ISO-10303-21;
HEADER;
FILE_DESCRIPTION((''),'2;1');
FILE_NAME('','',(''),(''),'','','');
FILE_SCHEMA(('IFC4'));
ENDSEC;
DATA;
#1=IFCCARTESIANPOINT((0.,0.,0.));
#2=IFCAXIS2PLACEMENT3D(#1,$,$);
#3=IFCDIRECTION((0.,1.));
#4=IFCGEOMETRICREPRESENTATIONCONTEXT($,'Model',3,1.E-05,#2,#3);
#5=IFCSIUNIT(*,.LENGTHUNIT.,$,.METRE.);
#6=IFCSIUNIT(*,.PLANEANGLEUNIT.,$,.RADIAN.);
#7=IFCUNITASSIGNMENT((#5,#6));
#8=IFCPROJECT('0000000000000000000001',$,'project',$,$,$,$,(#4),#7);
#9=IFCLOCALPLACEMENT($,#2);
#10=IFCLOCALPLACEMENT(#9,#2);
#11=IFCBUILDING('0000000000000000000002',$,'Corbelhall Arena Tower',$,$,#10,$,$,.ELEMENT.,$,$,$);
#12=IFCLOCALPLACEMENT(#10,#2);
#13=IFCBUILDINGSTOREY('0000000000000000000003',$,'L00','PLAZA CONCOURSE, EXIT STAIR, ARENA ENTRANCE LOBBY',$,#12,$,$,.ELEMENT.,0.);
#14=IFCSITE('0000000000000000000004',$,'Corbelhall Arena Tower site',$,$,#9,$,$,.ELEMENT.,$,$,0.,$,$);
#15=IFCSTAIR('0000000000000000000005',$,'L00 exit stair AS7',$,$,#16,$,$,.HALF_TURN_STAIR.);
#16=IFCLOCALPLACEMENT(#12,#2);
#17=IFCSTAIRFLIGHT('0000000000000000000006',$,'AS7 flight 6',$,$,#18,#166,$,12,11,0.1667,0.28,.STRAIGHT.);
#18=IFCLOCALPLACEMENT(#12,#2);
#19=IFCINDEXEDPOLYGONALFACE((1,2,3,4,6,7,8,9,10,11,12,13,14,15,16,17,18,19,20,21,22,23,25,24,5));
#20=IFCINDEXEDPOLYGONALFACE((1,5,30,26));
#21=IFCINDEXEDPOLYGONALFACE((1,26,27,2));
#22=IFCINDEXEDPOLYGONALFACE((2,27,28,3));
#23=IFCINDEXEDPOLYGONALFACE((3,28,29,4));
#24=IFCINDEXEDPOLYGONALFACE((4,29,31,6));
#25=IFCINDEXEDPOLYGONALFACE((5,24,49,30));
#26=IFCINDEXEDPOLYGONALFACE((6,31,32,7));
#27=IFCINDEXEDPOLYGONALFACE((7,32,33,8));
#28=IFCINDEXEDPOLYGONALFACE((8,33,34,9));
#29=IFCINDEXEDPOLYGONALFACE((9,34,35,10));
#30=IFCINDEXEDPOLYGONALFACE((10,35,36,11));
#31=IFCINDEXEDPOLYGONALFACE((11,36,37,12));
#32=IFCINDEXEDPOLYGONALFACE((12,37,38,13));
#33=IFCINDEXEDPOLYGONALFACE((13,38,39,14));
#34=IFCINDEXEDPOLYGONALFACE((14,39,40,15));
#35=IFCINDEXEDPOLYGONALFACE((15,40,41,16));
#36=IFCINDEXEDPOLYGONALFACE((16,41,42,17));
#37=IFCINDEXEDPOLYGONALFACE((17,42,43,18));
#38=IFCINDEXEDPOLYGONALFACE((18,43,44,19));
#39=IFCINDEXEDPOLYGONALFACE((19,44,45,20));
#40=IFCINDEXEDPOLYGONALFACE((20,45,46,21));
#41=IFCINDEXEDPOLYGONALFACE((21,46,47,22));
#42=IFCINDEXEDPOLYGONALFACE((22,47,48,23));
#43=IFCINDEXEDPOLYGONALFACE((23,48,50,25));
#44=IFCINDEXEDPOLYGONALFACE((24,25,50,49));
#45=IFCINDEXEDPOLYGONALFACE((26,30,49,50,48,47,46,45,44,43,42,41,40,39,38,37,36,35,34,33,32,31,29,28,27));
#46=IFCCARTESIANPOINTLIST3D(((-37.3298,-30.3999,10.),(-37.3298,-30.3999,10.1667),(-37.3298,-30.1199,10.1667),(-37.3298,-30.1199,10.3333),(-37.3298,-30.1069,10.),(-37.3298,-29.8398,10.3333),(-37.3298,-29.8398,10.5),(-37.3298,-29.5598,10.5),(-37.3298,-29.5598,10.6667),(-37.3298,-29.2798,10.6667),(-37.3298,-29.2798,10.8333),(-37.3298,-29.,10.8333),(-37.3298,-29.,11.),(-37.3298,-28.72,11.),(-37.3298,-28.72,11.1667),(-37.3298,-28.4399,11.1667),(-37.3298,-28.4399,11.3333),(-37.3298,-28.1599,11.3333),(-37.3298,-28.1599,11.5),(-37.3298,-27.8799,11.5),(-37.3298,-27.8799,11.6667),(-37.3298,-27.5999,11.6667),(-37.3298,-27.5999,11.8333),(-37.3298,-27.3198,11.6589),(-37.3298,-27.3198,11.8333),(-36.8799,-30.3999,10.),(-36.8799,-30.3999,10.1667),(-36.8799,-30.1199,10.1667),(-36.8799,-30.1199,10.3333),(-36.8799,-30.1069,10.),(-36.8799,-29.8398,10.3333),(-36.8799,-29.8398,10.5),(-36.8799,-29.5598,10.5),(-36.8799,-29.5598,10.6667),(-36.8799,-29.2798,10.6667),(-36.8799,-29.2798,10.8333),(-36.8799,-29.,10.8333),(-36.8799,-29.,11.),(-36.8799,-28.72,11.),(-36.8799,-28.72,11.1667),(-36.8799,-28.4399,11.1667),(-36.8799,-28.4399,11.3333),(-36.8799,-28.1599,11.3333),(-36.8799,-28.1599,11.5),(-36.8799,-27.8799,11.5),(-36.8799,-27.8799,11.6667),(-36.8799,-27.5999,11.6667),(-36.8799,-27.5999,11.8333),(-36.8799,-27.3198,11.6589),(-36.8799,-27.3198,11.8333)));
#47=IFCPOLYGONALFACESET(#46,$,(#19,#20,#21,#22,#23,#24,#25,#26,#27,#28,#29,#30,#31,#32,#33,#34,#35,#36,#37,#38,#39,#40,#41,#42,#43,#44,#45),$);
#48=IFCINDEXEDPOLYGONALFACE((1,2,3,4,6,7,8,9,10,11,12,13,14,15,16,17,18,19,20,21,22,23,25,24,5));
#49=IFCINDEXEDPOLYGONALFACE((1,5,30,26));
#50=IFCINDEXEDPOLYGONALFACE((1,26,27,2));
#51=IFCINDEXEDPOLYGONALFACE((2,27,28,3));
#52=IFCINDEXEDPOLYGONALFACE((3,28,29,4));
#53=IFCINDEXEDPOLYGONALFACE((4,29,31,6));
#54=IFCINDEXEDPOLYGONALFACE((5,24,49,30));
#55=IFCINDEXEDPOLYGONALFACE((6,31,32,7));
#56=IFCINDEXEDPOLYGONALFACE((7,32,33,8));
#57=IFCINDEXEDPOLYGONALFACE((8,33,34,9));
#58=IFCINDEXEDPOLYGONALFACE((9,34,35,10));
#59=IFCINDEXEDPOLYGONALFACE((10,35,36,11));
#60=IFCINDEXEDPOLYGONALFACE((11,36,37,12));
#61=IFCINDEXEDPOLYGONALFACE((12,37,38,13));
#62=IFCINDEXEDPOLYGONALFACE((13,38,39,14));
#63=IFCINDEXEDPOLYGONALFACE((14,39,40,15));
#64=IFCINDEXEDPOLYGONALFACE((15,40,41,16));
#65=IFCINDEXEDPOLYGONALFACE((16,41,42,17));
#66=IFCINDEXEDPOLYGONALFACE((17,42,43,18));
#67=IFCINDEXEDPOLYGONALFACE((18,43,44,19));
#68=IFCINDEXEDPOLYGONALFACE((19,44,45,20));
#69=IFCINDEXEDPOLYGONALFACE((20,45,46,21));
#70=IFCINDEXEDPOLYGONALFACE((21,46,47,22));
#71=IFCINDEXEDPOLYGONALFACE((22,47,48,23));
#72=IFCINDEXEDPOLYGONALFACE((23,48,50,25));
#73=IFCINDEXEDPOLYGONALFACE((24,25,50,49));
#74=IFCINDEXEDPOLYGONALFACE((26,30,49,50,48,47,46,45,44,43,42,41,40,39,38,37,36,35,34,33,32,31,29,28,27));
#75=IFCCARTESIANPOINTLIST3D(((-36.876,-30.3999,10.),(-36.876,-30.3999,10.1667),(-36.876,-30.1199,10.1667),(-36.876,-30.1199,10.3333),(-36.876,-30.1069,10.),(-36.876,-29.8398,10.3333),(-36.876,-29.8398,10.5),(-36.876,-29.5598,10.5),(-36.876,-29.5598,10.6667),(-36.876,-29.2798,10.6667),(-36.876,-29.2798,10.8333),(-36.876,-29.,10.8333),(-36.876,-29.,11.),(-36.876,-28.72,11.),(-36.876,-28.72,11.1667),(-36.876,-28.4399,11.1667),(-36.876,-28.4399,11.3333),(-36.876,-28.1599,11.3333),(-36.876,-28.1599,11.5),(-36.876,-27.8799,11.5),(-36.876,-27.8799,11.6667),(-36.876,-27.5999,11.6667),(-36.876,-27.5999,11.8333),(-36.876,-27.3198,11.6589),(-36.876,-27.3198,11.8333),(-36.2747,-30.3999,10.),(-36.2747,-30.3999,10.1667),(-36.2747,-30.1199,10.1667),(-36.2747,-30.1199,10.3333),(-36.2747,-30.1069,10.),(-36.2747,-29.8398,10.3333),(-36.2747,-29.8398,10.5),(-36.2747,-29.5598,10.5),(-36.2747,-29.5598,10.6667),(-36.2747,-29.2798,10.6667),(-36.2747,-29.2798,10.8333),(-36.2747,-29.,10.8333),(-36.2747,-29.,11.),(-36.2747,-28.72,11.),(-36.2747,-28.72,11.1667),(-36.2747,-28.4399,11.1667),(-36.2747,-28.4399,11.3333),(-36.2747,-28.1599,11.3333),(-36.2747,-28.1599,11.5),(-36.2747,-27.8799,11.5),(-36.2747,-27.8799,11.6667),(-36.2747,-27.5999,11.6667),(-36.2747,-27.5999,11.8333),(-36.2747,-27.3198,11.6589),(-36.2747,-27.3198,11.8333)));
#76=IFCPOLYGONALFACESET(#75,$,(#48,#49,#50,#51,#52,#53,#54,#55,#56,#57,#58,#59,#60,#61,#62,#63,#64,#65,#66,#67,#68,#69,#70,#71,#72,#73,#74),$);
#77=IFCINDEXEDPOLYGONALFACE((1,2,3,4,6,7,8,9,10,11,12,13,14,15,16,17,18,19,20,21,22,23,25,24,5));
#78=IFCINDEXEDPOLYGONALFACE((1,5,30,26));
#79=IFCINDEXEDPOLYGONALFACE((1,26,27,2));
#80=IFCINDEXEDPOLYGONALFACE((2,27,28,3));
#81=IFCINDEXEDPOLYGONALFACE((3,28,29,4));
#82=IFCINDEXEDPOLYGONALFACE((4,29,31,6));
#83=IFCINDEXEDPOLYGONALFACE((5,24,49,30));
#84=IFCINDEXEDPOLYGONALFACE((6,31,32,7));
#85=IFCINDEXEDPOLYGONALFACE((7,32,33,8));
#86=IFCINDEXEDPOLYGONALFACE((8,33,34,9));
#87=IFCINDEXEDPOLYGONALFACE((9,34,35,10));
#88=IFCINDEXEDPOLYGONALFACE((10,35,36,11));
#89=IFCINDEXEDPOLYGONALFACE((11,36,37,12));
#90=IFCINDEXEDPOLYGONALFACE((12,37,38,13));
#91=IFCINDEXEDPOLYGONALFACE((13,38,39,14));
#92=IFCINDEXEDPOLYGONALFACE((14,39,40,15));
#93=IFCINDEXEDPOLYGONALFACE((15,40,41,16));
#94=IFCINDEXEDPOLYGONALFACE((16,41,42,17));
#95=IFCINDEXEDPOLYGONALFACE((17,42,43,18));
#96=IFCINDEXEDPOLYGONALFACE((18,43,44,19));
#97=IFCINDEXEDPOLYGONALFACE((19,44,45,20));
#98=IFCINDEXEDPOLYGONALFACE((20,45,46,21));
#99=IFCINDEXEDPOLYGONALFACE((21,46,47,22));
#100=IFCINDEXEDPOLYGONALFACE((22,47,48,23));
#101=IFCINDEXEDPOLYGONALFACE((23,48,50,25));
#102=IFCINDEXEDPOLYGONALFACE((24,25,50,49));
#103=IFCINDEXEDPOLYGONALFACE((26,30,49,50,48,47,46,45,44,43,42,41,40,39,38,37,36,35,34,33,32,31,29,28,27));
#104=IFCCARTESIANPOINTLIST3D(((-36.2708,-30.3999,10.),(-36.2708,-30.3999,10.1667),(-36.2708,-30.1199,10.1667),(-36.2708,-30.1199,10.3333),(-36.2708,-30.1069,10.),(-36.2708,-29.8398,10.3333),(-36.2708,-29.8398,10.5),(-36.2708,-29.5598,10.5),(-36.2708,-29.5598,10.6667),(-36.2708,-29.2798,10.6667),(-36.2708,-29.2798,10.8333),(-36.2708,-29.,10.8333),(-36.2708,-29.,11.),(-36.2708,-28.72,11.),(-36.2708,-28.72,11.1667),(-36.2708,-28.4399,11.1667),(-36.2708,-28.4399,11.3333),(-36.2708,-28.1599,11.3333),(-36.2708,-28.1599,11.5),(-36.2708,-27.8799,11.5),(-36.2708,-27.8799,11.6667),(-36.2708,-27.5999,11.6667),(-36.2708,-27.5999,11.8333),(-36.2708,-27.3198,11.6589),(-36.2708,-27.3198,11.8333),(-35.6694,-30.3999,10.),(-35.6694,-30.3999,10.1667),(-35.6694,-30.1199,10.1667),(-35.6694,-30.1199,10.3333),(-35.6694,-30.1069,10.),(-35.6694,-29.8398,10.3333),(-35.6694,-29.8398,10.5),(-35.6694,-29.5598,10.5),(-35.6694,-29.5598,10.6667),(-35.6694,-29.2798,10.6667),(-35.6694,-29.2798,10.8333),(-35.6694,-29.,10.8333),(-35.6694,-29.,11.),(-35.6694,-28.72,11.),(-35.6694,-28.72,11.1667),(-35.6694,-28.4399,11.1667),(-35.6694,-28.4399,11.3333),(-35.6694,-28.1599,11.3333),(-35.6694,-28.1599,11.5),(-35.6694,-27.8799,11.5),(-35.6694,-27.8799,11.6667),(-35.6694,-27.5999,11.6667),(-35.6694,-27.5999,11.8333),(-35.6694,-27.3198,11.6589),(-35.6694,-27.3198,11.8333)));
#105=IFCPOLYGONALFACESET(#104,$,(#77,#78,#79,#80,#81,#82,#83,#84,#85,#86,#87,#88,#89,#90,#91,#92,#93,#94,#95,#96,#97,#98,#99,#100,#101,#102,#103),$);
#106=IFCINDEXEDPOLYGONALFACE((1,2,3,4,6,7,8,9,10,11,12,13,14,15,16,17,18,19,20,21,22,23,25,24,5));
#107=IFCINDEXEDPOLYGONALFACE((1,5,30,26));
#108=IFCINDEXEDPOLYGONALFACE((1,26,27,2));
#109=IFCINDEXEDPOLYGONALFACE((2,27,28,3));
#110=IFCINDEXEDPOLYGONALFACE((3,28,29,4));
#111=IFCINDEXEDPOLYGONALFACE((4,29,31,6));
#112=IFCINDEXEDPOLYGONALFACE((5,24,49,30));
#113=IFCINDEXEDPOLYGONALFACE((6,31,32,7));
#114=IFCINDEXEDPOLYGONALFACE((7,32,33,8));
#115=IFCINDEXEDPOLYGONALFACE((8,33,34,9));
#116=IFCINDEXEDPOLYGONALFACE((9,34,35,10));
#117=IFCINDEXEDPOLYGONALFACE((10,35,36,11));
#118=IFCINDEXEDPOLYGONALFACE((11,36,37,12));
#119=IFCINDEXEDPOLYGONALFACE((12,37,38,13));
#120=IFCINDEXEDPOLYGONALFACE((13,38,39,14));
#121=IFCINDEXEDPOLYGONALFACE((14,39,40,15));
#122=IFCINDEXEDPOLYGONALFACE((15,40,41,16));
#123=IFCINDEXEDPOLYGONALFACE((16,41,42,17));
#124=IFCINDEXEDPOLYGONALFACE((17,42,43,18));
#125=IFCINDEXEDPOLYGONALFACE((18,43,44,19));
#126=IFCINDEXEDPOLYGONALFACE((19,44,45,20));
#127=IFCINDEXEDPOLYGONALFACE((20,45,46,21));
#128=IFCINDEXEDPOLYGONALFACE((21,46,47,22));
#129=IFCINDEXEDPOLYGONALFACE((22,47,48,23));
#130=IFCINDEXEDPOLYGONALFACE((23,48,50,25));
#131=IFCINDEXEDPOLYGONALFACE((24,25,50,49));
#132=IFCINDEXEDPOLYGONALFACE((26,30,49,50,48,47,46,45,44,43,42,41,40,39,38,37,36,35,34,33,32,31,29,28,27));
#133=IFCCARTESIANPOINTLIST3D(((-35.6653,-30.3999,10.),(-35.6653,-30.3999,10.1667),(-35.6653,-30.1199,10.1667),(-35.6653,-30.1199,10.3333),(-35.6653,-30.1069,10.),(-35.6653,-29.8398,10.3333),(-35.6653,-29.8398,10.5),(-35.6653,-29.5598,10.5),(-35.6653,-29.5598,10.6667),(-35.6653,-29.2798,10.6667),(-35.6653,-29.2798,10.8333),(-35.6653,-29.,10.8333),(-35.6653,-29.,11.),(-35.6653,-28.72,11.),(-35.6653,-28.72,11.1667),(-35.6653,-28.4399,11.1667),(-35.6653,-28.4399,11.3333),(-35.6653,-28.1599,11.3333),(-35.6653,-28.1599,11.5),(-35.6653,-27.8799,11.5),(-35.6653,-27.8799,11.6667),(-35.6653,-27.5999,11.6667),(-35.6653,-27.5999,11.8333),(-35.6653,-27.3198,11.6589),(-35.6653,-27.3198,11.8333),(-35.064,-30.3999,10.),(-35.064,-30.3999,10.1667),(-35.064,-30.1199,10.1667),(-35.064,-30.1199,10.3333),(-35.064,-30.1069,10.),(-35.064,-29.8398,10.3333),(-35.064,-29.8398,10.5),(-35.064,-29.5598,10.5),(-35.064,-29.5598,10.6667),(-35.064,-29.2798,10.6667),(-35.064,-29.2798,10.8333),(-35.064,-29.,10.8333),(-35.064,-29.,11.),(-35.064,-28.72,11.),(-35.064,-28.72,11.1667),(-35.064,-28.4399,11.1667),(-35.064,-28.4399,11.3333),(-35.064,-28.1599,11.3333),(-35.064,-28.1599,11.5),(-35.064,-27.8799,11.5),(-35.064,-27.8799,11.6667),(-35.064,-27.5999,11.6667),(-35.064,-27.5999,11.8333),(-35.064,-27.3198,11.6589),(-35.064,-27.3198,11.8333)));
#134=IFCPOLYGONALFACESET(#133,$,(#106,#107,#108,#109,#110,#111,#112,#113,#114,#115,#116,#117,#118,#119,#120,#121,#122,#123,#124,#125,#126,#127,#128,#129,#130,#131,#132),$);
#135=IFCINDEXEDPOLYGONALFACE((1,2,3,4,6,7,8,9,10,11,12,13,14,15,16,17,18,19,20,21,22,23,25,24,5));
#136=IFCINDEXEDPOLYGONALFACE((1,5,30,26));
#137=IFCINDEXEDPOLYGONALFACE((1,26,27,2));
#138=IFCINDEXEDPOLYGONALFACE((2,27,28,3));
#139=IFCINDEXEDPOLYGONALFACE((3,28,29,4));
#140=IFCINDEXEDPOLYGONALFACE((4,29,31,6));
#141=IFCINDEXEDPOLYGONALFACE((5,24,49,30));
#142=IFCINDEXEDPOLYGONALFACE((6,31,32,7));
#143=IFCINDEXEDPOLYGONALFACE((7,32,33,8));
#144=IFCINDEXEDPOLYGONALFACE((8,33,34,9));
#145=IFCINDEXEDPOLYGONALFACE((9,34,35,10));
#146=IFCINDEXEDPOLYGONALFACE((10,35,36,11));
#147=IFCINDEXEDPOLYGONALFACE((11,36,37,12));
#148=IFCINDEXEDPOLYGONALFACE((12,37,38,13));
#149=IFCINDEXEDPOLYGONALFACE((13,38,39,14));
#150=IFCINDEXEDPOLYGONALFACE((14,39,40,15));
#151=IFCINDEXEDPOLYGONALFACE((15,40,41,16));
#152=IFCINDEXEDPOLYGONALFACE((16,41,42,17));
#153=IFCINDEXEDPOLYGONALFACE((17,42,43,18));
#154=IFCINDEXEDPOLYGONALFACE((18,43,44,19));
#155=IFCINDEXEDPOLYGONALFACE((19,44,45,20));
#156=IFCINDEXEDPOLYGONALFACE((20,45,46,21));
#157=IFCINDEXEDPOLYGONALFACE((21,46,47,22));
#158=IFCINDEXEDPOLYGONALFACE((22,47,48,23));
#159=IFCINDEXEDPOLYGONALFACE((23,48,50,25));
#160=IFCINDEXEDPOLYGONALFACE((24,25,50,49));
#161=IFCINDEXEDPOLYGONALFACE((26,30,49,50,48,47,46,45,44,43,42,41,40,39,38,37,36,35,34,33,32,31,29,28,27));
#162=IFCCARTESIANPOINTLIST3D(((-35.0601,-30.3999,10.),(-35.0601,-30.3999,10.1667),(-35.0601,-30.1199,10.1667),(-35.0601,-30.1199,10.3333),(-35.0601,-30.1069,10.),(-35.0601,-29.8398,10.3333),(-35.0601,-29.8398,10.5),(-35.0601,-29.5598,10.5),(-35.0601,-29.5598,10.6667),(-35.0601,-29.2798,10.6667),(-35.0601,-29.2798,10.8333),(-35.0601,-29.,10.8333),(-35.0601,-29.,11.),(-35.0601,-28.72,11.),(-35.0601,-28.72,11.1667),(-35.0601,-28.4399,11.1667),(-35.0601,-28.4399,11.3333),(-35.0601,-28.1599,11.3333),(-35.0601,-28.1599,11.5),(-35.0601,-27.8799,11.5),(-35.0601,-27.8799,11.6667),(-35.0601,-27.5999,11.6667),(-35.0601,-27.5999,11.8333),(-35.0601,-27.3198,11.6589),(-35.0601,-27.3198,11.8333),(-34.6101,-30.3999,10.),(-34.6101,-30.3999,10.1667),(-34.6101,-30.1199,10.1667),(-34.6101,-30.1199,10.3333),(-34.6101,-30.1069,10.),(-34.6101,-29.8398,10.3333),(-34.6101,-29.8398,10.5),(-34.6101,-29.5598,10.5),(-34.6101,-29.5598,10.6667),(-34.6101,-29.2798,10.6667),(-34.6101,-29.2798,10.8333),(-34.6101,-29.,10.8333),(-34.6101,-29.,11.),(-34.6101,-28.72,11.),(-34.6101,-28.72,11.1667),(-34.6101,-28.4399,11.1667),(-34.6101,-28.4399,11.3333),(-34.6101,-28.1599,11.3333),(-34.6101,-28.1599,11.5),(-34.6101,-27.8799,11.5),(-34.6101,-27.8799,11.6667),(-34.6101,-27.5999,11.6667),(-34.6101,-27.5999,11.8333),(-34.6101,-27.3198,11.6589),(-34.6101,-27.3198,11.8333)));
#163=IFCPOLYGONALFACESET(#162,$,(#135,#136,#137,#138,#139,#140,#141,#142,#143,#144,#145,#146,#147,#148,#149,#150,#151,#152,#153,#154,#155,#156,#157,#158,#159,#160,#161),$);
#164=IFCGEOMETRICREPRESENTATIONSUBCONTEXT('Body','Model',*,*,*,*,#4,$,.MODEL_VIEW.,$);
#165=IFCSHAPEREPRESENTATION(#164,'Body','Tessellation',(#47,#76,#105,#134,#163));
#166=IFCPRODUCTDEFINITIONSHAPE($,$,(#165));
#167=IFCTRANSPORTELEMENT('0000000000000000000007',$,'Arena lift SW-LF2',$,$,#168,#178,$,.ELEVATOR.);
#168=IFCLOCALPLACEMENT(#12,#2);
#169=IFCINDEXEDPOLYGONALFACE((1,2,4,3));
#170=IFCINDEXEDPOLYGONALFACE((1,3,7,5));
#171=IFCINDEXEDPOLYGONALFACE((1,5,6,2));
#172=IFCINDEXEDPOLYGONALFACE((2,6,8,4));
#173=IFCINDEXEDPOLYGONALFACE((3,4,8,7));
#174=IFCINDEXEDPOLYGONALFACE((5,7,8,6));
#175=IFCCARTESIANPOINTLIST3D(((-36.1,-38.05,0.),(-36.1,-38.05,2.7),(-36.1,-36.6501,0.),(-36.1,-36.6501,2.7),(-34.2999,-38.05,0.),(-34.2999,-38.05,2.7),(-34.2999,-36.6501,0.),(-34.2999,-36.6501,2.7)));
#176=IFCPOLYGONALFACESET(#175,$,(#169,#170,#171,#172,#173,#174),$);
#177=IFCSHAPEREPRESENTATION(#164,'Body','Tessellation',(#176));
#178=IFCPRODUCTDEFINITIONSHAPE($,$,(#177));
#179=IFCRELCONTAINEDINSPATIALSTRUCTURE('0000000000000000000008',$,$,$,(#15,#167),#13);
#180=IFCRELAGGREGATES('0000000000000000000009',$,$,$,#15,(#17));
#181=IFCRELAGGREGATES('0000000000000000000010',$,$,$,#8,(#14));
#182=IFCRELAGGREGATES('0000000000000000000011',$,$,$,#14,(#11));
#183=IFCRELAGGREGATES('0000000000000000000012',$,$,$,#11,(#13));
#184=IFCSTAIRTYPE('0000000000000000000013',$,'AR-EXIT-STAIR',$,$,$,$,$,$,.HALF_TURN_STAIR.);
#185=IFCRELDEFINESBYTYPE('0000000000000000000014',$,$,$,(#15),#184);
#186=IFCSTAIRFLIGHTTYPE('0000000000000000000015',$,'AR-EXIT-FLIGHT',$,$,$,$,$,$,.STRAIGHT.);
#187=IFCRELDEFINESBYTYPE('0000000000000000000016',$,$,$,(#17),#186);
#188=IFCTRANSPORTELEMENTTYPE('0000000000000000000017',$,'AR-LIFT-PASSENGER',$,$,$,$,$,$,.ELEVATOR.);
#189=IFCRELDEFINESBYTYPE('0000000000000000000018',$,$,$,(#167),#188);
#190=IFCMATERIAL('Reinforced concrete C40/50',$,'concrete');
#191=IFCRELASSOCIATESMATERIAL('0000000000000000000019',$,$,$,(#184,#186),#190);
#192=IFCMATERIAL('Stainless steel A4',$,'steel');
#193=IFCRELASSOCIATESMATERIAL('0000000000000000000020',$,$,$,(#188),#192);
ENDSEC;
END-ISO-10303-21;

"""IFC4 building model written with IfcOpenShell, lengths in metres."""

from ifc_helpers import new_model, si_unit, direction, frame, origin, origin_2d, place, context, subcontext, project, spatial, polyline, rectangle, outline, extrude, material, type_object, element, aggregate, save


model = new_model("IFC4")

# Units and contexts
model_context = context("Model", 3, precision=1e-05, world=origin(), true_north=direction((0.0, 1.0)))
body_context = subcontext(model_context, "Body", "Model", "MODEL_VIEW")
ifc_project = project(units=[si_unit("LENGTHUNIT", "METRE"), si_unit("PLANEANGLEUNIT", "RADIAN")], contexts=[model_context])

# Site, building, storey
site_placement = place(None, origin())
site = spatial("IfcSite", under=ifc_project, at=site_placement, Name="Corbelhall Arena Tower site", CompositionType="ELEMENT", RefElevation=0.0)
building_placement = place(site_placement, origin())
building = spatial("IfcBuilding", under=site, at=building_placement, Name="Corbelhall Arena Tower", CompositionType="ELEMENT")
storey_placement = place(building_placement, origin())
storey = spatial("IfcBuildingStorey", under=building, at=storey_placement, Name="L00", Description="PLAZA CONCOURSE, EXIT STAIR, ARENA ENTRANCE LOBBY", CompositionType="ELEMENT", Elevation=0.0)

# Shared definitions
ifc_material_1 = material(Name="Reinforced concrete C40/50", Category="concrete")

# Stair, stair flight
stair_type = type_object("IfcStairType", Name="AR-EXIT-STAIR", PredefinedType="HALF_TURN_STAIR", material=ifc_material_1)
stair_placement = place(storey_placement, origin())
stair = element("IfcStair", 1, at=stair_placement, inside=storey, type_object=stair_type, Name="L00 exit stair AS7", PredefinedType="HALF_TURN_STAIR")
stair_flight_type = type_object("IfcStairFlightType", Name="AR-EXIT-FLIGHT", PredefinedType="STRAIGHT", material=ifc_material_1)
stair_flight_1_placement = place(storey_placement, frame((-35.97, -30.3999, 10.0), z_axis=(0.0, 0.0, 1.0), x_axis=(0.0, 1.0, 0.0)))
stair_flight_1 = element("IfcStairFlight", 2, at=stair_flight_1_placement, type_object=stair_flight_type, Name="AS7 flight 6", NumberOfRisers=12, NumberOfTreads=11, PredefinedType="STRAIGHT", RiserHeight=0.1667, TreadLength=0.28, context=body_context, shape_type="SweptSolid", body=[
    extrude(outline(polyline([(0.0, 0.0), (0.0, 0.1667), (0.28, 0.1667), (0.28, 0.3333), (0.5601, 0.3333), (0.5601, 0.5), (0.8401, 0.5), (0.8401, 0.6667), (1.1201, 0.6667), (1.1201, 0.8333), (1.3999, 0.8333), (1.3999, 1.0), (1.6799, 1.0), (1.6799, 1.1667), (1.96, 1.1667), (1.96, 1.3333), (2.24, 1.3333), (2.24, 1.5), (2.52, 1.5), (2.52, 1.6667), (2.8, 1.6667), (2.8, 1.8333), (3.0801, 1.8333), (3.0801, 2.0), (3.0801, 1.6589), (0.293, 0.0), (0.0, 0.0)])), frame((0.0, 1.3599, 0.0), z_axis=(0.0, -1.0, 0.0), x_axis=(1.0, 0.0, 0.0)), (0.0, 0.0, 1.0), 0.45),
    extrude(outline(polyline([(0.0, 0.0), (0.0, 0.1667), (0.28, 0.1667), (0.28, 0.3333), (0.5601, 0.3333), (0.5601, 0.5), (0.8401, 0.5), (0.8401, 0.6667), (1.1201, 0.6667), (1.1201, 0.8333), (1.3999, 0.8333), (1.3999, 1.0), (1.6799, 1.0), (1.6799, 1.1667), (1.96, 1.1667), (1.96, 1.3333), (2.24, 1.3333), (2.24, 1.5), (2.52, 1.5), (2.52, 1.6667), (2.8, 1.6667), (2.8, 1.8333), (3.0801, 1.8333), (3.0801, 2.0), (3.0801, 1.6589), (0.293, 0.0), (0.0, 0.0)])), frame((0.0, 0.906, 0.0), z_axis=(0.0, -1.0, 0.0), x_axis=(1.0, 0.0, 0.0)), (0.0, 0.0, 1.0), 0.6013),
    extrude(outline(polyline([(0.0, 0.0), (0.0, 0.1667), (0.28, 0.1667), (0.28, 0.3333), (0.5601, 0.3333), (0.5601, 0.5), (0.8401, 0.5), (0.8401, 0.6667), (1.1201, 0.6667), (1.1201, 0.8333), (1.3999, 0.8333), (1.3999, 1.0), (1.6799, 1.0), (1.6799, 1.1667), (1.96, 1.1667), (1.96, 1.3333), (2.24, 1.3333), (2.24, 1.5), (2.52, 1.5), (2.52, 1.6667), (2.8, 1.6667), (2.8, 1.8333), (3.0801, 1.8333), (3.0801, 2.0), (3.0801, 1.6589), (0.293, 0.0), (0.0, 0.0)])), frame((0.0, 0.3008, 0.0), z_axis=(0.0, -1.0, 0.0), x_axis=(1.0, 0.0, 0.0)), (0.0, 0.0, 1.0), 0.6013),
    extrude(outline(polyline([(0.0, 0.0), (0.0, 0.1667), (0.28, 0.1667), (0.28, 0.3333), (0.5601, 0.3333), (0.5601, 0.5), (0.8401, 0.5), (0.8401, 0.6667), (1.1201, 0.6667), (1.1201, 0.8333), (1.3999, 0.8333), (1.3999, 1.0), (1.6799, 1.0), (1.6799, 1.1667), (1.96, 1.1667), (1.96, 1.3333), (2.24, 1.3333), (2.24, 1.5), (2.52, 1.5), (2.52, 1.6667), (2.8, 1.6667), (2.8, 1.8333), (3.0801, 1.8333), (3.0801, 2.0), (3.0801, 1.6589), (0.293, 0.0), (0.0, 0.0)])), frame((0.0, -0.3047, 0.0), z_axis=(0.0, -1.0, 0.0), x_axis=(1.0, 0.0, 0.0)), (0.0, 0.0, 1.0), 0.6013),
    extrude(outline(polyline([(0.0, 0.0), (0.0, 0.1667), (0.28, 0.1667), (0.28, 0.3333), (0.5601, 0.3333), (0.5601, 0.5), (0.8401, 0.5), (0.8401, 0.6667), (1.1201, 0.6667), (1.1201, 0.8333), (1.3999, 0.8333), (1.3999, 1.0), (1.6799, 1.0), (1.6799, 1.1667), (1.96, 1.1667), (1.96, 1.3333), (2.24, 1.3333), (2.24, 1.5), (2.52, 1.5), (2.52, 1.6667), (2.8, 1.6667), (2.8, 1.8333), (3.0801, 1.8333), (3.0801, 2.0), (3.0801, 1.6589), (0.293, 0.0), (0.0, 0.0)])), frame((0.0, -0.9099, 0.0), z_axis=(0.0, -1.0, 0.0), x_axis=(1.0, 0.0, 0.0)), (0.0, 0.0, 1.0), 0.45),
])
aggregate(stair, [stair_flight_1])

# Transport element
ifc_material_2 = material(Name="Stainless steel A4", Category="steel")
transport_element_type = type_object("IfcTransportElementType", Name="AR-LIFT-PASSENGER", PredefinedType="ELEVATOR", material=ifc_material_2)
transport_element_placement = place(storey_placement, frame((-35.2, -37.3501, 0.0), z_axis=(0.0, 0.0, 1.0), x_axis=(1.0, 0.0, 0.0)))
element("IfcTransportElement", 3, at=transport_element_placement, inside=storey, type_object=transport_element_type, Name="Arena lift SW-LF2", PredefinedType="ELEVATOR", context=body_context, shape_type="SweptSolid", body=[
    extrude(rectangle(XDim=1.8, YDim=1.3999, at=origin_2d()), origin(), (0.0, 0.0, 1.0), 2.7),
])

save(model, "model.ifc")
